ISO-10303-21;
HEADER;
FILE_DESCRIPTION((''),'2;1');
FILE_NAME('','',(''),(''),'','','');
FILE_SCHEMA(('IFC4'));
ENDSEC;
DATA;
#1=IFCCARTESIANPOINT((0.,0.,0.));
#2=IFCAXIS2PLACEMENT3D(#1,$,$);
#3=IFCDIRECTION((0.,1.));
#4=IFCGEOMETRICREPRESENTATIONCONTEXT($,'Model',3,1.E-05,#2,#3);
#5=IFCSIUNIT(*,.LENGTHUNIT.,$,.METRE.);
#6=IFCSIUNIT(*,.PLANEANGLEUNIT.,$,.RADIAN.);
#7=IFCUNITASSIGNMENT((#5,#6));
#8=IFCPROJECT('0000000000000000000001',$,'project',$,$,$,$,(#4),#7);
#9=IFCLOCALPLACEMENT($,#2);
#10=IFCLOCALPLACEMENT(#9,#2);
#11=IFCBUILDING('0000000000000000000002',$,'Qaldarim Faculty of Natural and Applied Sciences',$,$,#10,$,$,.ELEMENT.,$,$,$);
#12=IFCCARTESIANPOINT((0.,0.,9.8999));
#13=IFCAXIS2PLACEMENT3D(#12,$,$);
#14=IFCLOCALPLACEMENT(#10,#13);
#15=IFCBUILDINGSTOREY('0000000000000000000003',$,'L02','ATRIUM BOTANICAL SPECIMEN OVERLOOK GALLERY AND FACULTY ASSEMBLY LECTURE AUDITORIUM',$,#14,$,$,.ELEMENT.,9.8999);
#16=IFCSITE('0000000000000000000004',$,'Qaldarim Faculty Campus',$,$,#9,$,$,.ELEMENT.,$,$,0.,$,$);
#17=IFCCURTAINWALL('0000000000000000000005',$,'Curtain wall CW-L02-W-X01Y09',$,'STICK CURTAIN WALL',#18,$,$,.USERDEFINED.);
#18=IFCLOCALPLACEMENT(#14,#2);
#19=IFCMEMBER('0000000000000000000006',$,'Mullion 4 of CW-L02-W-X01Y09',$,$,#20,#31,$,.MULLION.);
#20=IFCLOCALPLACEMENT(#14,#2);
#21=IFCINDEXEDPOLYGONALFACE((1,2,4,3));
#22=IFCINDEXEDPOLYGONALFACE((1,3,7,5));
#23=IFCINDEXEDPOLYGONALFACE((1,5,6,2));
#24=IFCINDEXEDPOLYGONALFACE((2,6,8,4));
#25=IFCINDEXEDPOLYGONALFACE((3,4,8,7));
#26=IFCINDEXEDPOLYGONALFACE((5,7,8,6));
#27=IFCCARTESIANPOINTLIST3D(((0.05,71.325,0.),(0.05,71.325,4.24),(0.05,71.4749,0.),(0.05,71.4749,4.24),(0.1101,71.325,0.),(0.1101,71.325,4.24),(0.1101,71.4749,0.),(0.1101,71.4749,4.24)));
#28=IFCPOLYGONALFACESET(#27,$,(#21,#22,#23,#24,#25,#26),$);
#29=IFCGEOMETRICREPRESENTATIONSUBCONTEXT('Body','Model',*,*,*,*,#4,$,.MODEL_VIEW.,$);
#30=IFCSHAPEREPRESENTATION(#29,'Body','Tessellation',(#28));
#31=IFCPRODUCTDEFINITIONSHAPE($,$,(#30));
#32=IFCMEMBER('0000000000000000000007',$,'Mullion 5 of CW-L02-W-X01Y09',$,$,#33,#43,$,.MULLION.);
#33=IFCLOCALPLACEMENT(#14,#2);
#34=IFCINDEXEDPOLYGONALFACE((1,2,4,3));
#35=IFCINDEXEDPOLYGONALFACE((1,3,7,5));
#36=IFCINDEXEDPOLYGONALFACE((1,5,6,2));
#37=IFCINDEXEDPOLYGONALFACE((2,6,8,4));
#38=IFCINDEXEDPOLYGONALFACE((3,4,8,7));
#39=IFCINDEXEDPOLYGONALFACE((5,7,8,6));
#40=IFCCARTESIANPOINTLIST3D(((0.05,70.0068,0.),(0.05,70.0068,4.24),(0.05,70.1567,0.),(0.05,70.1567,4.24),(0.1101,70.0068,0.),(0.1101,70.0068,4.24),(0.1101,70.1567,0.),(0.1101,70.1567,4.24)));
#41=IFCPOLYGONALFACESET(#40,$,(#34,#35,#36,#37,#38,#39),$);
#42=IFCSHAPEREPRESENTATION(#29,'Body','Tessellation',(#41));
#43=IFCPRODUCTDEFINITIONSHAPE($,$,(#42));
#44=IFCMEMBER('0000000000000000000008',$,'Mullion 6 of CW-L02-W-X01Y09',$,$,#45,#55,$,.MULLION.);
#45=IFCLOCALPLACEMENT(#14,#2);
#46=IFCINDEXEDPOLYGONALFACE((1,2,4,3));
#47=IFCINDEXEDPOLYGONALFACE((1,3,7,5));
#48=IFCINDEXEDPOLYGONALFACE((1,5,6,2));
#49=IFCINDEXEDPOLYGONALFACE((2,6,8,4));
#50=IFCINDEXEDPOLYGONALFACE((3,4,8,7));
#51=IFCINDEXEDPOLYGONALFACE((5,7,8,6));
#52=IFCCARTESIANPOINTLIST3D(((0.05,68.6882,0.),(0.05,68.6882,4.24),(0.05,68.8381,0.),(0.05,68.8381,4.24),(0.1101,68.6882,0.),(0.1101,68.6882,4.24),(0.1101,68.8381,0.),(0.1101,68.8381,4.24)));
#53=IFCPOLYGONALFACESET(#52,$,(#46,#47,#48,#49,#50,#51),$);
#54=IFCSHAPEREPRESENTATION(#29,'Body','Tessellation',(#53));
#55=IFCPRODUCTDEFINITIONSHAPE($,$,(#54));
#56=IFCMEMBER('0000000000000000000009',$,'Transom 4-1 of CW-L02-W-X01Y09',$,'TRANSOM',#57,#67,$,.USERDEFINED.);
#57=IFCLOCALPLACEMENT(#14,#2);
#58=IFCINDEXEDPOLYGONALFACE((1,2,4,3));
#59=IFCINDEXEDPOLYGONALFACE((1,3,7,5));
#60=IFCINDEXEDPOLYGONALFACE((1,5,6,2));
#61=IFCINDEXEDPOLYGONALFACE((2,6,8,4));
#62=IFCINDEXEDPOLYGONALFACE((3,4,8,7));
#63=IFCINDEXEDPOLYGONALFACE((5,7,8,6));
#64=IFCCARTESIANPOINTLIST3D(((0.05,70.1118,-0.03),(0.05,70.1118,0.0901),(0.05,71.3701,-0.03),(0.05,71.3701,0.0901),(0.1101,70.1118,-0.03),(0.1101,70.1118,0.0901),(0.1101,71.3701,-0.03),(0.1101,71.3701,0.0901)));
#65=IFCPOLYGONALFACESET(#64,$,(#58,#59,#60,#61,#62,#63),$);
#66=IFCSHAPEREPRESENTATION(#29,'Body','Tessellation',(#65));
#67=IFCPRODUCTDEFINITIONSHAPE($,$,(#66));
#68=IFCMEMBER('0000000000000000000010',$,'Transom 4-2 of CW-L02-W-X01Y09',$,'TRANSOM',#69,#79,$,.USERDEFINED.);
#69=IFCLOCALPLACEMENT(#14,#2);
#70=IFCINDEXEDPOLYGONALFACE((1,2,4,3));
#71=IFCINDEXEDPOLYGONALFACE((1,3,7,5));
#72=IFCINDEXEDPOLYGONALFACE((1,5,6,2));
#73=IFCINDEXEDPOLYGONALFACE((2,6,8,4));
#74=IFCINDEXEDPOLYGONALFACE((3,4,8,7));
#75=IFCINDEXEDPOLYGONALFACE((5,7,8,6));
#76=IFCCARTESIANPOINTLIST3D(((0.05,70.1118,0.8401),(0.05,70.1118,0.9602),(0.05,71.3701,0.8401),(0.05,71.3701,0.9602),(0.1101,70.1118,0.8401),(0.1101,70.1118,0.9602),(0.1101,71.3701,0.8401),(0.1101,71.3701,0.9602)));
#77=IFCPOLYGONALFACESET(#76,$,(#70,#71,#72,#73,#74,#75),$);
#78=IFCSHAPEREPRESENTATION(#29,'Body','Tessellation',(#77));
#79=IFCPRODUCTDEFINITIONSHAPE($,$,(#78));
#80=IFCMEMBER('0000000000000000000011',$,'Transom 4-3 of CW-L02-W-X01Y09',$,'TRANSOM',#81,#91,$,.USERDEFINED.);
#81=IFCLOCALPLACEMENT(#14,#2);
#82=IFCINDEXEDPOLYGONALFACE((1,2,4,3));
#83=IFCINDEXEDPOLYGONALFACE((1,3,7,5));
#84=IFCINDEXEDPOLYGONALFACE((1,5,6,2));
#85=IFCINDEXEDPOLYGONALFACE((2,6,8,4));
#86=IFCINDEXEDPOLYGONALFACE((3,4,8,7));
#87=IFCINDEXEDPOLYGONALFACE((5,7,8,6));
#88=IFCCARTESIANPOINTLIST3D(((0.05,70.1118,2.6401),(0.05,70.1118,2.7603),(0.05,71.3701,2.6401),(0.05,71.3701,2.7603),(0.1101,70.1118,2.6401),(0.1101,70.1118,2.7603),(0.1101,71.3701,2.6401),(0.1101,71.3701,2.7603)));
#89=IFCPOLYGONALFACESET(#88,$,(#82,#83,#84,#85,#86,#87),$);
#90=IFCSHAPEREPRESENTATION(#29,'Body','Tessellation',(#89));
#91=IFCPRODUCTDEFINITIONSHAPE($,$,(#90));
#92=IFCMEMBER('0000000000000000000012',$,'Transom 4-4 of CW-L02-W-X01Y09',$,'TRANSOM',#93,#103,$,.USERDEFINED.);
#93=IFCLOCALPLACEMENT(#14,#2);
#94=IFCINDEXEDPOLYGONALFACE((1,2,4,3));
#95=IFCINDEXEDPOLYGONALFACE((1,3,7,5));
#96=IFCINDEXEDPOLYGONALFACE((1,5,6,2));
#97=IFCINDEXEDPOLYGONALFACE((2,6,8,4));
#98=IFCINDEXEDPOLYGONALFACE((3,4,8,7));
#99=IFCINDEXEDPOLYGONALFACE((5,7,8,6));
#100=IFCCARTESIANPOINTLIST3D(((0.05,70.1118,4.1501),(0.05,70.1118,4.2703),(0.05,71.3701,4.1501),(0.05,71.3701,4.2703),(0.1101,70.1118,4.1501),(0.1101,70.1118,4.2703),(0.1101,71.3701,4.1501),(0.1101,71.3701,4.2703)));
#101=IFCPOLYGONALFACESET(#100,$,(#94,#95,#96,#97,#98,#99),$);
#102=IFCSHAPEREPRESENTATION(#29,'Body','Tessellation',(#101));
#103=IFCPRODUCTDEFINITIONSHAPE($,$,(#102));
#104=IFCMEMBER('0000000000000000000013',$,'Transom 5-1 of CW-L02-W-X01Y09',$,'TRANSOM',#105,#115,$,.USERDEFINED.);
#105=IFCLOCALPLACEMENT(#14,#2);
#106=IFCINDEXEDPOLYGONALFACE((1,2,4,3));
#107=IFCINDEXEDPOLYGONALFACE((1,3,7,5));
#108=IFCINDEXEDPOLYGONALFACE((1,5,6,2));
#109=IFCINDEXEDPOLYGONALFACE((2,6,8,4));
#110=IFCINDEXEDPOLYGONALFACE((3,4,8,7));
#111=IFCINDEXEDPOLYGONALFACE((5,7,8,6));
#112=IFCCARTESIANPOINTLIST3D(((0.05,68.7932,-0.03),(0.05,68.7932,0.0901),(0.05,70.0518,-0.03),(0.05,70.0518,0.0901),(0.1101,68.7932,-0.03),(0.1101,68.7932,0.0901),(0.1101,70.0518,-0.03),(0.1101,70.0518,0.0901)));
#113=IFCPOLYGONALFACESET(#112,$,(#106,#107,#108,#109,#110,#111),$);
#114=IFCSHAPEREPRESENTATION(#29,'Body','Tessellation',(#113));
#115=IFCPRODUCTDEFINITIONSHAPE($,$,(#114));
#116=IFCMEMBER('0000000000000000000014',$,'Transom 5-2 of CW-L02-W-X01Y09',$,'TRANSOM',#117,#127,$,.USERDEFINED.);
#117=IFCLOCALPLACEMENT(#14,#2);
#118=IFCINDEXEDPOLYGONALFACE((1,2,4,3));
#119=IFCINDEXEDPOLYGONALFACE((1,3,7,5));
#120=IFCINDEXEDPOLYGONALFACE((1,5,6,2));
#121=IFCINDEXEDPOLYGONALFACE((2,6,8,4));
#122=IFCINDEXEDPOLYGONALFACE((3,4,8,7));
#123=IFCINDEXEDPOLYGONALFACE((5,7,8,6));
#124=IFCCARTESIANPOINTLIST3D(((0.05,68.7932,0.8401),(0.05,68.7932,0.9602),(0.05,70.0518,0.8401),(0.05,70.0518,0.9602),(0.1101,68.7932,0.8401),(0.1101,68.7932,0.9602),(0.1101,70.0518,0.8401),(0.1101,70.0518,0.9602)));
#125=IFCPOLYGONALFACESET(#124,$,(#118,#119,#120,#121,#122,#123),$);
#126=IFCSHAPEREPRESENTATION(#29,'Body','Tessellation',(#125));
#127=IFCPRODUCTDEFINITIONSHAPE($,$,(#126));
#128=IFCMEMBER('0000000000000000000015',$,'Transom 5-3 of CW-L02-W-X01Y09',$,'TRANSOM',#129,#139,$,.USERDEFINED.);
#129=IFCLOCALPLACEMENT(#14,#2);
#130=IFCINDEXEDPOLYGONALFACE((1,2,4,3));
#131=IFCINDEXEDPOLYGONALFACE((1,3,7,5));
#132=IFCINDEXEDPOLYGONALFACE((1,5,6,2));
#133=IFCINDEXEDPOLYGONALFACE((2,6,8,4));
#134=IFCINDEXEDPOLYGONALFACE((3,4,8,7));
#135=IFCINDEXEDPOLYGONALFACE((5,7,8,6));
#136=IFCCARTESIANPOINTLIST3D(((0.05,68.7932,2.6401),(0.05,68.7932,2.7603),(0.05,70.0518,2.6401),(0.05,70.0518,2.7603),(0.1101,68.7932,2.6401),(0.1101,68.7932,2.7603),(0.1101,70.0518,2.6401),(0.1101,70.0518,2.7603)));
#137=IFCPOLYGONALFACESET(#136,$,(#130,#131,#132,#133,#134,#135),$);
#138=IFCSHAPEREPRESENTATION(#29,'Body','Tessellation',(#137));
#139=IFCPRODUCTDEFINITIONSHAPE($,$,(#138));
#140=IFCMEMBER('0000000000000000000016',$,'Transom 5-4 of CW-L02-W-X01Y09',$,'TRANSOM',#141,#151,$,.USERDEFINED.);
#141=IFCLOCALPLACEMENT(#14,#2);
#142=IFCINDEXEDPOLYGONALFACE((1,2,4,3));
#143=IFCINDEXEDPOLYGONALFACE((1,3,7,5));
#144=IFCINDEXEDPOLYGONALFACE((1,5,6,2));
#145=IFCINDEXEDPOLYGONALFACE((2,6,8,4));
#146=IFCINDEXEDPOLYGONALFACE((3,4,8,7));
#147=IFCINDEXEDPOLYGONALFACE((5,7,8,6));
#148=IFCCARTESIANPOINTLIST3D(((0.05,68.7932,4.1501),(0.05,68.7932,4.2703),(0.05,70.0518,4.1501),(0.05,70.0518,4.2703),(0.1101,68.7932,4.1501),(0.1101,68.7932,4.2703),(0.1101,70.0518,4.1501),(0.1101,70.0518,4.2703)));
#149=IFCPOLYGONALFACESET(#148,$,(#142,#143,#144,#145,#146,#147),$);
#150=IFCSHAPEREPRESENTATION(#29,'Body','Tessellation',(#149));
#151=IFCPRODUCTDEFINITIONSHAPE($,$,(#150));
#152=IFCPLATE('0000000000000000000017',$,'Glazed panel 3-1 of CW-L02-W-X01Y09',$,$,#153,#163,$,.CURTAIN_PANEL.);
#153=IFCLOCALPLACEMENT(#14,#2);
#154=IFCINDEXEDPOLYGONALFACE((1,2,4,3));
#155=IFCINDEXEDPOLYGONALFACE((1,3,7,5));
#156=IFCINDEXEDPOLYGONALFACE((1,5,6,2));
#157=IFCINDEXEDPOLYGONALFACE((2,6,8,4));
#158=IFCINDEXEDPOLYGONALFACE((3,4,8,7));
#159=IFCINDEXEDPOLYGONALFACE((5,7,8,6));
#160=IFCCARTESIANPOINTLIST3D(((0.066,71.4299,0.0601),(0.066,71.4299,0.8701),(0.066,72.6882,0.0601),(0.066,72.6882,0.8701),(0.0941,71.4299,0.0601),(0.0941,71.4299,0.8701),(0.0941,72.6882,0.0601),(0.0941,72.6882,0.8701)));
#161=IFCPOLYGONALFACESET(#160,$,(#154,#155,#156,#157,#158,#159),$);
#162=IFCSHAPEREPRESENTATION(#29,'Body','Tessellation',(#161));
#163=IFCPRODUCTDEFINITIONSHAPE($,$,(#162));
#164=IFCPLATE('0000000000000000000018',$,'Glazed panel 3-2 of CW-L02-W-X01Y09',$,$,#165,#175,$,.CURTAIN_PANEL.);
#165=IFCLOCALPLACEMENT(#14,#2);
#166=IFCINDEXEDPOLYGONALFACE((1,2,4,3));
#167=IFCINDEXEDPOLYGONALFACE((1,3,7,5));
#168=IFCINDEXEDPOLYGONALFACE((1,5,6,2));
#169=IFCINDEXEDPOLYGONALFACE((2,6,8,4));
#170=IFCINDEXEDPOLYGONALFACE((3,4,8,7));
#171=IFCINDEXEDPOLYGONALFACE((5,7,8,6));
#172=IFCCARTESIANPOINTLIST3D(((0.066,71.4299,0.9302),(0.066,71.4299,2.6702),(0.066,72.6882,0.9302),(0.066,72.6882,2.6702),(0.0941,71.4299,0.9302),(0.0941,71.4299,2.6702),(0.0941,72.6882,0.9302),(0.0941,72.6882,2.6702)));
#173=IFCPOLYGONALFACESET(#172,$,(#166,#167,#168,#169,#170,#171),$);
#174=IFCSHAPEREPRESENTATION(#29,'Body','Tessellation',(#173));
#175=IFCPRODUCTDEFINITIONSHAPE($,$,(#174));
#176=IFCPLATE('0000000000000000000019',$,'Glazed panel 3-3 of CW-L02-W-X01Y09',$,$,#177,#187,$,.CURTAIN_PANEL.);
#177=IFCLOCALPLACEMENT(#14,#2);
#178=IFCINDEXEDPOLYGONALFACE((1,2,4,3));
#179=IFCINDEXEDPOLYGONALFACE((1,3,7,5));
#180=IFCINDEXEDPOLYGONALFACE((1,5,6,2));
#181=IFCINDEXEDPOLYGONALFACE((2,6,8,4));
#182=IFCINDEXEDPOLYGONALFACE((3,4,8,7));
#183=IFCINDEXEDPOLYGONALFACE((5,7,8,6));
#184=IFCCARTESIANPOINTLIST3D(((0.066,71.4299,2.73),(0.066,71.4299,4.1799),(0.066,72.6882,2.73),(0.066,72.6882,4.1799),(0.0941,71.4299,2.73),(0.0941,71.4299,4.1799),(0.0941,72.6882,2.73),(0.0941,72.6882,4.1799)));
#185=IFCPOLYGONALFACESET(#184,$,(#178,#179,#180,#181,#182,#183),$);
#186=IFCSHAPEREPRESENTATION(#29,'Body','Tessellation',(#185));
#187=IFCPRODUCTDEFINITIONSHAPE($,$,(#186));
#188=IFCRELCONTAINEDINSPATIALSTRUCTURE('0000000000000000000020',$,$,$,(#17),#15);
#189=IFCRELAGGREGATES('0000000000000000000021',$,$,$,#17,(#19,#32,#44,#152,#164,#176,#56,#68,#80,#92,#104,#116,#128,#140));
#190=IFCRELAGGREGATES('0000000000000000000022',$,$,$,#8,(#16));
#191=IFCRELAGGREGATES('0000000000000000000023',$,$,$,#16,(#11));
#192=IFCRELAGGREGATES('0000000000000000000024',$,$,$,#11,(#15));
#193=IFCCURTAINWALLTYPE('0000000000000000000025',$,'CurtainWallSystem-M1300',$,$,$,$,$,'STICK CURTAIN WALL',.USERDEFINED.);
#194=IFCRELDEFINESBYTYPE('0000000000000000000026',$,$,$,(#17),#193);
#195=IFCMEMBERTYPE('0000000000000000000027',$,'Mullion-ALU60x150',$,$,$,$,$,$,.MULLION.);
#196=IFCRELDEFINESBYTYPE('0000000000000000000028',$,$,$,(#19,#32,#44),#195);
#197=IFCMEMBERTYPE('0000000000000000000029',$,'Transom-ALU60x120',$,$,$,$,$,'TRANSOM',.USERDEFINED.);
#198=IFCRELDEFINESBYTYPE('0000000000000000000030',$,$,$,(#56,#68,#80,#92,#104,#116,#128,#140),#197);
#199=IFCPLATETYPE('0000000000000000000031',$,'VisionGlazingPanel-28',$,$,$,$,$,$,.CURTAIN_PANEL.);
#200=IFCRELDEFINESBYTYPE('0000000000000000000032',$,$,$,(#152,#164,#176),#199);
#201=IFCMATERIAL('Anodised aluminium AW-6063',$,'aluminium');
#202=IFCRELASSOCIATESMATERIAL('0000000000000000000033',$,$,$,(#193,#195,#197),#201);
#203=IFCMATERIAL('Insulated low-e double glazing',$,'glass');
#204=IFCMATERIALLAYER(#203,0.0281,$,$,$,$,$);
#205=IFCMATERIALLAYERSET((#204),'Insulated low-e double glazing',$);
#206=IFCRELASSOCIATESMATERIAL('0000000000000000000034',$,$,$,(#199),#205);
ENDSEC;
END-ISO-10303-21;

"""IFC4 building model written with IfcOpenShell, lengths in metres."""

from ifc_helpers import new_model, si_unit, direction, frame, origin, origin_2d, place, context, subcontext, project, spatial, rectangle, extrude, material, layer, layer_set, material_profile, profile_set, type_object, element, aggregate, save


model = new_model("IFC4")

# Units and contexts
model_context = context("Model", 3, precision=1e-05, world=origin(), true_north=direction((0.0, 1.0)))
body_context = subcontext(model_context, "Body", "Model", "MODEL_VIEW")
ifc_project = project(units=[si_unit("LENGTHUNIT", "METRE"), si_unit("PLANEANGLEUNIT", "RADIAN")], contexts=[model_context])

# Site, building, storey
site_placement = place(None, origin())
site = spatial("IfcSite", under=ifc_project, at=site_placement, Name="Qaldarim Faculty Campus", CompositionType="ELEMENT", RefElevation=0.0)
building_placement = place(site_placement, origin())
building = spatial("IfcBuilding", under=site, at=building_placement, Name="Qaldarim Faculty of Natural and Applied Sciences", CompositionType="ELEMENT")
storey_placement = place(building_placement, frame((0.0, 0.0, 9.8999)))
storey = spatial("IfcBuildingStorey", under=building, at=storey_placement, Name="L02", Description="ATRIUM BOTANICAL SPECIMEN OVERLOOK GALLERY AND FACULTY ASSEMBLY LECTURE AUDITORIUM", CompositionType="ELEMENT", Elevation=9.8999)

# Curtain wall, members, plates
ifc_material_1 = material(Name="Anodised aluminium AW-6063", Category="aluminium")
curtain_wall_type = type_object("IfcCurtainWallType", Name="CurtainWallSystem-M1300", ElementType="STICK CURTAIN WALL", PredefinedType="USERDEFINED", material=ifc_material_1)
curtain_wall_placement = place(storey_placement, origin())
curtain_wall = element("IfcCurtainWall", 1, at=curtain_wall_placement, inside=storey, type_object=curtain_wall_type, Name="Curtain wall CW-L02-W-X01Y09", ObjectType="STICK CURTAIN WALL", PredefinedType="USERDEFINED")
ifc_material_profile_1 = material_profile(ifc_material_1, rectangle(XDim=0.0601, YDim=0.1499, at=origin_2d()), Name="ALU-M60x150")
ifc_profile_set_1 = profile_set([ifc_material_profile_1], Name="Anodised aluminium AW-6063")
member_type_1 = type_object("IfcMemberType", Name="Mullion-ALU60x150", PredefinedType="MULLION", material=ifc_profile_set_1)
member_1_placement = place(storey_placement, frame((0.0801, 71.3999, 0.0), z_axis=(0.0, 0.0, 1.0), x_axis=(1.0, 0.0, 0.0)))
member_1 = element("IfcMember", 2, at=member_1_placement, type_object=member_type_1, Name="Mullion 4 of CW-L02-W-X01Y09", PredefinedType="MULLION", context=body_context, shape_type="SweptSolid", body=[
    extrude(rectangle(XDim=0.0601, YDim=0.1499, at=origin_2d()), origin(), (0.0, 0.0, 1.0), 4.24),
])
member_2_placement = place(storey_placement, frame((0.0801, 70.0818, 0.0), z_axis=(0.0, 0.0, 1.0), x_axis=(1.0, 0.0, 0.0)))
member_2 = element("IfcMember", 3, at=member_2_placement, type_object=member_type_1, Name="Mullion 5 of CW-L02-W-X01Y09", PredefinedType="MULLION", context=body_context, shape_type="SweptSolid", body=[
    extrude(rectangle(XDim=0.0601, YDim=0.1499, at=origin_2d()), origin(), (0.0, 0.0, 1.0), 4.24),
])
member_3_placement = place(storey_placement, frame((0.0801, 68.7632, 0.0), z_axis=(0.0, 0.0, 1.0), x_axis=(1.0, 0.0, 0.0)))
member_3 = element("IfcMember", 4, at=member_3_placement, type_object=member_type_1, Name="Mullion 6 of CW-L02-W-X01Y09", PredefinedType="MULLION", context=body_context, shape_type="SweptSolid", body=[
    extrude(rectangle(XDim=0.0601, YDim=0.1499, at=origin_2d()), origin(), (0.0, 0.0, 1.0), 4.24),
])
ifc_material_profile_2 = material_profile(ifc_material_1, rectangle(XDim=0.0601, YDim=0.1201, at=origin_2d()), Name="ALU-T60x120")
ifc_profile_set_2 = profile_set([ifc_material_profile_2], Name="Anodised aluminium AW-6063")
member_type_2 = type_object("IfcMemberType", Name="Transom-ALU60x120", ElementType="TRANSOM", PredefinedType="USERDEFINED", material=ifc_profile_set_2)
member_4_placement = place(storey_placement, frame((0.0801, 71.3701, 0.03), z_axis=(0.0, -1.0, 0.0), x_axis=(1.0, 0.0, 0.0)))
member_4 = element("IfcMember", 5, at=member_4_placement, type_object=member_type_2, Name="Transom 4-1 of CW-L02-W-X01Y09", ObjectType="TRANSOM", PredefinedType="USERDEFINED", context=body_context, shape_type="SweptSolid", body=[
    extrude(rectangle(XDim=0.0601, YDim=0.1201, at=origin_2d()), origin(), (0.0, 0.0, 1.0), 1.2583),
])
member_5_placement = place(storey_placement, frame((0.0801, 71.3701, 0.9001), z_axis=(0.0, -1.0, 0.0), x_axis=(1.0, 0.0, 0.0)))
member_5 = element("IfcMember", 6, at=member_5_placement, type_object=member_type_2, Name="Transom 4-2 of CW-L02-W-X01Y09", ObjectType="TRANSOM", PredefinedType="USERDEFINED", context=body_context, shape_type="SweptSolid", body=[
    extrude(rectangle(XDim=0.0601, YDim=0.1201, at=origin_2d()), origin(), (0.0, 0.0, 1.0), 1.2583),
])
member_6_placement = place(storey_placement, frame((0.0801, 71.3701, 2.7002), z_axis=(0.0, -1.0, 0.0), x_axis=(1.0, 0.0, 0.0)))
member_6 = element("IfcMember", 7, at=member_6_placement, type_object=member_type_2, Name="Transom 4-3 of CW-L02-W-X01Y09", ObjectType="TRANSOM", PredefinedType="USERDEFINED", context=body_context, shape_type="SweptSolid", body=[
    extrude(rectangle(XDim=0.0601, YDim=0.1201, at=origin_2d()), origin(), (0.0, 0.0, 1.0), 1.2583),
])
member_7_placement = place(storey_placement, frame((0.0801, 71.3701, 4.2102), z_axis=(0.0, -1.0, 0.0), x_axis=(1.0, 0.0, 0.0)))
member_7 = element("IfcMember", 8, at=member_7_placement, type_object=member_type_2, Name="Transom 4-4 of CW-L02-W-X01Y09", ObjectType="TRANSOM", PredefinedType="USERDEFINED", context=body_context, shape_type="SweptSolid", body=[
    extrude(rectangle(XDim=0.0601, YDim=0.1201, at=origin_2d()), origin(), (0.0, 0.0, 1.0), 1.2583),
])
member_8_placement = place(storey_placement, frame((0.0801, 70.0518, 0.03), z_axis=(0.0, -1.0, 0.0), x_axis=(1.0, 0.0, 0.0)))
member_8 = element("IfcMember", 9, at=member_8_placement, type_object=member_type_2, Name="Transom 5-1 of CW-L02-W-X01Y09", ObjectType="TRANSOM", PredefinedType="USERDEFINED", context=body_context, shape_type="SweptSolid", body=[
    extrude(rectangle(XDim=0.0601, YDim=0.1201, at=origin_2d()), origin(), (0.0, 0.0, 1.0), 1.2585),
])
member_9_placement = place(storey_placement, frame((0.0801, 70.0518, 0.9001), z_axis=(0.0, -1.0, 0.0), x_axis=(1.0, 0.0, 0.0)))
member_9 = element("IfcMember", 10, at=member_9_placement, type_object=member_type_2, Name="Transom 5-2 of CW-L02-W-X01Y09", ObjectType="TRANSOM", PredefinedType="USERDEFINED", context=body_context, shape_type="SweptSolid", body=[
    extrude(rectangle(XDim=0.0601, YDim=0.1201, at=origin_2d()), origin(), (0.0, 0.0, 1.0), 1.2585),
])
member_10_placement = place(storey_placement, frame((0.0801, 70.0518, 2.7002), z_axis=(0.0, -1.0, 0.0), x_axis=(1.0, 0.0, 0.0)))
member_10 = element("IfcMember", 11, at=member_10_placement, type_object=member_type_2, Name="Transom 5-3 of CW-L02-W-X01Y09", ObjectType="TRANSOM", PredefinedType="USERDEFINED", context=body_context, shape_type="SweptSolid", body=[
    extrude(rectangle(XDim=0.0601, YDim=0.1201, at=origin_2d()), origin(), (0.0, 0.0, 1.0), 1.2585),
])
member_11_placement = place(storey_placement, frame((0.0801, 70.0518, 4.2102), z_axis=(0.0, -1.0, 0.0), x_axis=(1.0, 0.0, 0.0)))
member_11 = element("IfcMember", 12, at=member_11_placement, type_object=member_type_2, Name="Transom 5-4 of CW-L02-W-X01Y09", ObjectType="TRANSOM", PredefinedType="USERDEFINED", context=body_context, shape_type="SweptSolid", body=[
    extrude(rectangle(XDim=0.0601, YDim=0.1201, at=origin_2d()), origin(), (0.0, 0.0, 1.0), 1.2585),
])
ifc_material_2 = material(Name="Insulated low-e double glazing", Category="glass")
ifc_layer_1 = layer(ifc_material_2, 0.0281)
ifc_layer_set_1 = layer_set([ifc_layer_1], Name="Insulated low-e double glazing")
plate_type = type_object("IfcPlateType", Name="VisionGlazingPanel-28", PredefinedType="CURTAIN_PANEL", material=ifc_layer_set_1)
plate_1_placement = place(storey_placement, frame((0.0801, 72.0591, 0.0601), z_axis=(0.0, 0.0, 1.0), x_axis=(0.0, -1.0, 0.0)))
plate_1 = element("IfcPlate", 13, at=plate_1_placement, type_object=plate_type, Name="Glazed panel 3-1 of CW-L02-W-X01Y09", PredefinedType="CURTAIN_PANEL", context=body_context, shape_type="SweptSolid", body=[
    extrude(rectangle(XDim=1.2583, YDim=0.0281, at=origin_2d()), origin(), (0.0, 0.0, 1.0), 0.8101),
])
plate_2_placement = place(storey_placement, frame((0.0801, 72.0591, 0.9302), z_axis=(0.0, 0.0, 1.0), x_axis=(0.0, -1.0, 0.0)))
plate_2 = element("IfcPlate", 14, at=plate_2_placement, type_object=plate_type, Name="Glazed panel 3-2 of CW-L02-W-X01Y09", PredefinedType="CURTAIN_PANEL", context=body_context, shape_type="SweptSolid", body=[
    extrude(rectangle(XDim=1.2583, YDim=0.0281, at=origin_2d()), origin(), (0.0, 0.0, 1.0), 1.74),
])
plate_3_placement = place(storey_placement, frame((0.0801, 72.0591, 2.73), z_axis=(0.0, 0.0, 1.0), x_axis=(0.0, -1.0, 0.0)))
plate_3 = element("IfcPlate", 15, at=plate_3_placement, type_object=plate_type, Name="Glazed panel 3-3 of CW-L02-W-X01Y09", PredefinedType="CURTAIN_PANEL", context=body_context, shape_type="SweptSolid", body=[
    extrude(rectangle(XDim=1.2583, YDim=0.0281, at=origin_2d()), origin(), (0.0, 0.0, 1.0), 1.45),
])
aggregate(curtain_wall, [member_1, member_2, member_3, plate_1, plate_2, plate_3, member_4, member_5, member_6, member_7, member_8, member_9, member_10, member_11])

save(model, "model.ifc")
